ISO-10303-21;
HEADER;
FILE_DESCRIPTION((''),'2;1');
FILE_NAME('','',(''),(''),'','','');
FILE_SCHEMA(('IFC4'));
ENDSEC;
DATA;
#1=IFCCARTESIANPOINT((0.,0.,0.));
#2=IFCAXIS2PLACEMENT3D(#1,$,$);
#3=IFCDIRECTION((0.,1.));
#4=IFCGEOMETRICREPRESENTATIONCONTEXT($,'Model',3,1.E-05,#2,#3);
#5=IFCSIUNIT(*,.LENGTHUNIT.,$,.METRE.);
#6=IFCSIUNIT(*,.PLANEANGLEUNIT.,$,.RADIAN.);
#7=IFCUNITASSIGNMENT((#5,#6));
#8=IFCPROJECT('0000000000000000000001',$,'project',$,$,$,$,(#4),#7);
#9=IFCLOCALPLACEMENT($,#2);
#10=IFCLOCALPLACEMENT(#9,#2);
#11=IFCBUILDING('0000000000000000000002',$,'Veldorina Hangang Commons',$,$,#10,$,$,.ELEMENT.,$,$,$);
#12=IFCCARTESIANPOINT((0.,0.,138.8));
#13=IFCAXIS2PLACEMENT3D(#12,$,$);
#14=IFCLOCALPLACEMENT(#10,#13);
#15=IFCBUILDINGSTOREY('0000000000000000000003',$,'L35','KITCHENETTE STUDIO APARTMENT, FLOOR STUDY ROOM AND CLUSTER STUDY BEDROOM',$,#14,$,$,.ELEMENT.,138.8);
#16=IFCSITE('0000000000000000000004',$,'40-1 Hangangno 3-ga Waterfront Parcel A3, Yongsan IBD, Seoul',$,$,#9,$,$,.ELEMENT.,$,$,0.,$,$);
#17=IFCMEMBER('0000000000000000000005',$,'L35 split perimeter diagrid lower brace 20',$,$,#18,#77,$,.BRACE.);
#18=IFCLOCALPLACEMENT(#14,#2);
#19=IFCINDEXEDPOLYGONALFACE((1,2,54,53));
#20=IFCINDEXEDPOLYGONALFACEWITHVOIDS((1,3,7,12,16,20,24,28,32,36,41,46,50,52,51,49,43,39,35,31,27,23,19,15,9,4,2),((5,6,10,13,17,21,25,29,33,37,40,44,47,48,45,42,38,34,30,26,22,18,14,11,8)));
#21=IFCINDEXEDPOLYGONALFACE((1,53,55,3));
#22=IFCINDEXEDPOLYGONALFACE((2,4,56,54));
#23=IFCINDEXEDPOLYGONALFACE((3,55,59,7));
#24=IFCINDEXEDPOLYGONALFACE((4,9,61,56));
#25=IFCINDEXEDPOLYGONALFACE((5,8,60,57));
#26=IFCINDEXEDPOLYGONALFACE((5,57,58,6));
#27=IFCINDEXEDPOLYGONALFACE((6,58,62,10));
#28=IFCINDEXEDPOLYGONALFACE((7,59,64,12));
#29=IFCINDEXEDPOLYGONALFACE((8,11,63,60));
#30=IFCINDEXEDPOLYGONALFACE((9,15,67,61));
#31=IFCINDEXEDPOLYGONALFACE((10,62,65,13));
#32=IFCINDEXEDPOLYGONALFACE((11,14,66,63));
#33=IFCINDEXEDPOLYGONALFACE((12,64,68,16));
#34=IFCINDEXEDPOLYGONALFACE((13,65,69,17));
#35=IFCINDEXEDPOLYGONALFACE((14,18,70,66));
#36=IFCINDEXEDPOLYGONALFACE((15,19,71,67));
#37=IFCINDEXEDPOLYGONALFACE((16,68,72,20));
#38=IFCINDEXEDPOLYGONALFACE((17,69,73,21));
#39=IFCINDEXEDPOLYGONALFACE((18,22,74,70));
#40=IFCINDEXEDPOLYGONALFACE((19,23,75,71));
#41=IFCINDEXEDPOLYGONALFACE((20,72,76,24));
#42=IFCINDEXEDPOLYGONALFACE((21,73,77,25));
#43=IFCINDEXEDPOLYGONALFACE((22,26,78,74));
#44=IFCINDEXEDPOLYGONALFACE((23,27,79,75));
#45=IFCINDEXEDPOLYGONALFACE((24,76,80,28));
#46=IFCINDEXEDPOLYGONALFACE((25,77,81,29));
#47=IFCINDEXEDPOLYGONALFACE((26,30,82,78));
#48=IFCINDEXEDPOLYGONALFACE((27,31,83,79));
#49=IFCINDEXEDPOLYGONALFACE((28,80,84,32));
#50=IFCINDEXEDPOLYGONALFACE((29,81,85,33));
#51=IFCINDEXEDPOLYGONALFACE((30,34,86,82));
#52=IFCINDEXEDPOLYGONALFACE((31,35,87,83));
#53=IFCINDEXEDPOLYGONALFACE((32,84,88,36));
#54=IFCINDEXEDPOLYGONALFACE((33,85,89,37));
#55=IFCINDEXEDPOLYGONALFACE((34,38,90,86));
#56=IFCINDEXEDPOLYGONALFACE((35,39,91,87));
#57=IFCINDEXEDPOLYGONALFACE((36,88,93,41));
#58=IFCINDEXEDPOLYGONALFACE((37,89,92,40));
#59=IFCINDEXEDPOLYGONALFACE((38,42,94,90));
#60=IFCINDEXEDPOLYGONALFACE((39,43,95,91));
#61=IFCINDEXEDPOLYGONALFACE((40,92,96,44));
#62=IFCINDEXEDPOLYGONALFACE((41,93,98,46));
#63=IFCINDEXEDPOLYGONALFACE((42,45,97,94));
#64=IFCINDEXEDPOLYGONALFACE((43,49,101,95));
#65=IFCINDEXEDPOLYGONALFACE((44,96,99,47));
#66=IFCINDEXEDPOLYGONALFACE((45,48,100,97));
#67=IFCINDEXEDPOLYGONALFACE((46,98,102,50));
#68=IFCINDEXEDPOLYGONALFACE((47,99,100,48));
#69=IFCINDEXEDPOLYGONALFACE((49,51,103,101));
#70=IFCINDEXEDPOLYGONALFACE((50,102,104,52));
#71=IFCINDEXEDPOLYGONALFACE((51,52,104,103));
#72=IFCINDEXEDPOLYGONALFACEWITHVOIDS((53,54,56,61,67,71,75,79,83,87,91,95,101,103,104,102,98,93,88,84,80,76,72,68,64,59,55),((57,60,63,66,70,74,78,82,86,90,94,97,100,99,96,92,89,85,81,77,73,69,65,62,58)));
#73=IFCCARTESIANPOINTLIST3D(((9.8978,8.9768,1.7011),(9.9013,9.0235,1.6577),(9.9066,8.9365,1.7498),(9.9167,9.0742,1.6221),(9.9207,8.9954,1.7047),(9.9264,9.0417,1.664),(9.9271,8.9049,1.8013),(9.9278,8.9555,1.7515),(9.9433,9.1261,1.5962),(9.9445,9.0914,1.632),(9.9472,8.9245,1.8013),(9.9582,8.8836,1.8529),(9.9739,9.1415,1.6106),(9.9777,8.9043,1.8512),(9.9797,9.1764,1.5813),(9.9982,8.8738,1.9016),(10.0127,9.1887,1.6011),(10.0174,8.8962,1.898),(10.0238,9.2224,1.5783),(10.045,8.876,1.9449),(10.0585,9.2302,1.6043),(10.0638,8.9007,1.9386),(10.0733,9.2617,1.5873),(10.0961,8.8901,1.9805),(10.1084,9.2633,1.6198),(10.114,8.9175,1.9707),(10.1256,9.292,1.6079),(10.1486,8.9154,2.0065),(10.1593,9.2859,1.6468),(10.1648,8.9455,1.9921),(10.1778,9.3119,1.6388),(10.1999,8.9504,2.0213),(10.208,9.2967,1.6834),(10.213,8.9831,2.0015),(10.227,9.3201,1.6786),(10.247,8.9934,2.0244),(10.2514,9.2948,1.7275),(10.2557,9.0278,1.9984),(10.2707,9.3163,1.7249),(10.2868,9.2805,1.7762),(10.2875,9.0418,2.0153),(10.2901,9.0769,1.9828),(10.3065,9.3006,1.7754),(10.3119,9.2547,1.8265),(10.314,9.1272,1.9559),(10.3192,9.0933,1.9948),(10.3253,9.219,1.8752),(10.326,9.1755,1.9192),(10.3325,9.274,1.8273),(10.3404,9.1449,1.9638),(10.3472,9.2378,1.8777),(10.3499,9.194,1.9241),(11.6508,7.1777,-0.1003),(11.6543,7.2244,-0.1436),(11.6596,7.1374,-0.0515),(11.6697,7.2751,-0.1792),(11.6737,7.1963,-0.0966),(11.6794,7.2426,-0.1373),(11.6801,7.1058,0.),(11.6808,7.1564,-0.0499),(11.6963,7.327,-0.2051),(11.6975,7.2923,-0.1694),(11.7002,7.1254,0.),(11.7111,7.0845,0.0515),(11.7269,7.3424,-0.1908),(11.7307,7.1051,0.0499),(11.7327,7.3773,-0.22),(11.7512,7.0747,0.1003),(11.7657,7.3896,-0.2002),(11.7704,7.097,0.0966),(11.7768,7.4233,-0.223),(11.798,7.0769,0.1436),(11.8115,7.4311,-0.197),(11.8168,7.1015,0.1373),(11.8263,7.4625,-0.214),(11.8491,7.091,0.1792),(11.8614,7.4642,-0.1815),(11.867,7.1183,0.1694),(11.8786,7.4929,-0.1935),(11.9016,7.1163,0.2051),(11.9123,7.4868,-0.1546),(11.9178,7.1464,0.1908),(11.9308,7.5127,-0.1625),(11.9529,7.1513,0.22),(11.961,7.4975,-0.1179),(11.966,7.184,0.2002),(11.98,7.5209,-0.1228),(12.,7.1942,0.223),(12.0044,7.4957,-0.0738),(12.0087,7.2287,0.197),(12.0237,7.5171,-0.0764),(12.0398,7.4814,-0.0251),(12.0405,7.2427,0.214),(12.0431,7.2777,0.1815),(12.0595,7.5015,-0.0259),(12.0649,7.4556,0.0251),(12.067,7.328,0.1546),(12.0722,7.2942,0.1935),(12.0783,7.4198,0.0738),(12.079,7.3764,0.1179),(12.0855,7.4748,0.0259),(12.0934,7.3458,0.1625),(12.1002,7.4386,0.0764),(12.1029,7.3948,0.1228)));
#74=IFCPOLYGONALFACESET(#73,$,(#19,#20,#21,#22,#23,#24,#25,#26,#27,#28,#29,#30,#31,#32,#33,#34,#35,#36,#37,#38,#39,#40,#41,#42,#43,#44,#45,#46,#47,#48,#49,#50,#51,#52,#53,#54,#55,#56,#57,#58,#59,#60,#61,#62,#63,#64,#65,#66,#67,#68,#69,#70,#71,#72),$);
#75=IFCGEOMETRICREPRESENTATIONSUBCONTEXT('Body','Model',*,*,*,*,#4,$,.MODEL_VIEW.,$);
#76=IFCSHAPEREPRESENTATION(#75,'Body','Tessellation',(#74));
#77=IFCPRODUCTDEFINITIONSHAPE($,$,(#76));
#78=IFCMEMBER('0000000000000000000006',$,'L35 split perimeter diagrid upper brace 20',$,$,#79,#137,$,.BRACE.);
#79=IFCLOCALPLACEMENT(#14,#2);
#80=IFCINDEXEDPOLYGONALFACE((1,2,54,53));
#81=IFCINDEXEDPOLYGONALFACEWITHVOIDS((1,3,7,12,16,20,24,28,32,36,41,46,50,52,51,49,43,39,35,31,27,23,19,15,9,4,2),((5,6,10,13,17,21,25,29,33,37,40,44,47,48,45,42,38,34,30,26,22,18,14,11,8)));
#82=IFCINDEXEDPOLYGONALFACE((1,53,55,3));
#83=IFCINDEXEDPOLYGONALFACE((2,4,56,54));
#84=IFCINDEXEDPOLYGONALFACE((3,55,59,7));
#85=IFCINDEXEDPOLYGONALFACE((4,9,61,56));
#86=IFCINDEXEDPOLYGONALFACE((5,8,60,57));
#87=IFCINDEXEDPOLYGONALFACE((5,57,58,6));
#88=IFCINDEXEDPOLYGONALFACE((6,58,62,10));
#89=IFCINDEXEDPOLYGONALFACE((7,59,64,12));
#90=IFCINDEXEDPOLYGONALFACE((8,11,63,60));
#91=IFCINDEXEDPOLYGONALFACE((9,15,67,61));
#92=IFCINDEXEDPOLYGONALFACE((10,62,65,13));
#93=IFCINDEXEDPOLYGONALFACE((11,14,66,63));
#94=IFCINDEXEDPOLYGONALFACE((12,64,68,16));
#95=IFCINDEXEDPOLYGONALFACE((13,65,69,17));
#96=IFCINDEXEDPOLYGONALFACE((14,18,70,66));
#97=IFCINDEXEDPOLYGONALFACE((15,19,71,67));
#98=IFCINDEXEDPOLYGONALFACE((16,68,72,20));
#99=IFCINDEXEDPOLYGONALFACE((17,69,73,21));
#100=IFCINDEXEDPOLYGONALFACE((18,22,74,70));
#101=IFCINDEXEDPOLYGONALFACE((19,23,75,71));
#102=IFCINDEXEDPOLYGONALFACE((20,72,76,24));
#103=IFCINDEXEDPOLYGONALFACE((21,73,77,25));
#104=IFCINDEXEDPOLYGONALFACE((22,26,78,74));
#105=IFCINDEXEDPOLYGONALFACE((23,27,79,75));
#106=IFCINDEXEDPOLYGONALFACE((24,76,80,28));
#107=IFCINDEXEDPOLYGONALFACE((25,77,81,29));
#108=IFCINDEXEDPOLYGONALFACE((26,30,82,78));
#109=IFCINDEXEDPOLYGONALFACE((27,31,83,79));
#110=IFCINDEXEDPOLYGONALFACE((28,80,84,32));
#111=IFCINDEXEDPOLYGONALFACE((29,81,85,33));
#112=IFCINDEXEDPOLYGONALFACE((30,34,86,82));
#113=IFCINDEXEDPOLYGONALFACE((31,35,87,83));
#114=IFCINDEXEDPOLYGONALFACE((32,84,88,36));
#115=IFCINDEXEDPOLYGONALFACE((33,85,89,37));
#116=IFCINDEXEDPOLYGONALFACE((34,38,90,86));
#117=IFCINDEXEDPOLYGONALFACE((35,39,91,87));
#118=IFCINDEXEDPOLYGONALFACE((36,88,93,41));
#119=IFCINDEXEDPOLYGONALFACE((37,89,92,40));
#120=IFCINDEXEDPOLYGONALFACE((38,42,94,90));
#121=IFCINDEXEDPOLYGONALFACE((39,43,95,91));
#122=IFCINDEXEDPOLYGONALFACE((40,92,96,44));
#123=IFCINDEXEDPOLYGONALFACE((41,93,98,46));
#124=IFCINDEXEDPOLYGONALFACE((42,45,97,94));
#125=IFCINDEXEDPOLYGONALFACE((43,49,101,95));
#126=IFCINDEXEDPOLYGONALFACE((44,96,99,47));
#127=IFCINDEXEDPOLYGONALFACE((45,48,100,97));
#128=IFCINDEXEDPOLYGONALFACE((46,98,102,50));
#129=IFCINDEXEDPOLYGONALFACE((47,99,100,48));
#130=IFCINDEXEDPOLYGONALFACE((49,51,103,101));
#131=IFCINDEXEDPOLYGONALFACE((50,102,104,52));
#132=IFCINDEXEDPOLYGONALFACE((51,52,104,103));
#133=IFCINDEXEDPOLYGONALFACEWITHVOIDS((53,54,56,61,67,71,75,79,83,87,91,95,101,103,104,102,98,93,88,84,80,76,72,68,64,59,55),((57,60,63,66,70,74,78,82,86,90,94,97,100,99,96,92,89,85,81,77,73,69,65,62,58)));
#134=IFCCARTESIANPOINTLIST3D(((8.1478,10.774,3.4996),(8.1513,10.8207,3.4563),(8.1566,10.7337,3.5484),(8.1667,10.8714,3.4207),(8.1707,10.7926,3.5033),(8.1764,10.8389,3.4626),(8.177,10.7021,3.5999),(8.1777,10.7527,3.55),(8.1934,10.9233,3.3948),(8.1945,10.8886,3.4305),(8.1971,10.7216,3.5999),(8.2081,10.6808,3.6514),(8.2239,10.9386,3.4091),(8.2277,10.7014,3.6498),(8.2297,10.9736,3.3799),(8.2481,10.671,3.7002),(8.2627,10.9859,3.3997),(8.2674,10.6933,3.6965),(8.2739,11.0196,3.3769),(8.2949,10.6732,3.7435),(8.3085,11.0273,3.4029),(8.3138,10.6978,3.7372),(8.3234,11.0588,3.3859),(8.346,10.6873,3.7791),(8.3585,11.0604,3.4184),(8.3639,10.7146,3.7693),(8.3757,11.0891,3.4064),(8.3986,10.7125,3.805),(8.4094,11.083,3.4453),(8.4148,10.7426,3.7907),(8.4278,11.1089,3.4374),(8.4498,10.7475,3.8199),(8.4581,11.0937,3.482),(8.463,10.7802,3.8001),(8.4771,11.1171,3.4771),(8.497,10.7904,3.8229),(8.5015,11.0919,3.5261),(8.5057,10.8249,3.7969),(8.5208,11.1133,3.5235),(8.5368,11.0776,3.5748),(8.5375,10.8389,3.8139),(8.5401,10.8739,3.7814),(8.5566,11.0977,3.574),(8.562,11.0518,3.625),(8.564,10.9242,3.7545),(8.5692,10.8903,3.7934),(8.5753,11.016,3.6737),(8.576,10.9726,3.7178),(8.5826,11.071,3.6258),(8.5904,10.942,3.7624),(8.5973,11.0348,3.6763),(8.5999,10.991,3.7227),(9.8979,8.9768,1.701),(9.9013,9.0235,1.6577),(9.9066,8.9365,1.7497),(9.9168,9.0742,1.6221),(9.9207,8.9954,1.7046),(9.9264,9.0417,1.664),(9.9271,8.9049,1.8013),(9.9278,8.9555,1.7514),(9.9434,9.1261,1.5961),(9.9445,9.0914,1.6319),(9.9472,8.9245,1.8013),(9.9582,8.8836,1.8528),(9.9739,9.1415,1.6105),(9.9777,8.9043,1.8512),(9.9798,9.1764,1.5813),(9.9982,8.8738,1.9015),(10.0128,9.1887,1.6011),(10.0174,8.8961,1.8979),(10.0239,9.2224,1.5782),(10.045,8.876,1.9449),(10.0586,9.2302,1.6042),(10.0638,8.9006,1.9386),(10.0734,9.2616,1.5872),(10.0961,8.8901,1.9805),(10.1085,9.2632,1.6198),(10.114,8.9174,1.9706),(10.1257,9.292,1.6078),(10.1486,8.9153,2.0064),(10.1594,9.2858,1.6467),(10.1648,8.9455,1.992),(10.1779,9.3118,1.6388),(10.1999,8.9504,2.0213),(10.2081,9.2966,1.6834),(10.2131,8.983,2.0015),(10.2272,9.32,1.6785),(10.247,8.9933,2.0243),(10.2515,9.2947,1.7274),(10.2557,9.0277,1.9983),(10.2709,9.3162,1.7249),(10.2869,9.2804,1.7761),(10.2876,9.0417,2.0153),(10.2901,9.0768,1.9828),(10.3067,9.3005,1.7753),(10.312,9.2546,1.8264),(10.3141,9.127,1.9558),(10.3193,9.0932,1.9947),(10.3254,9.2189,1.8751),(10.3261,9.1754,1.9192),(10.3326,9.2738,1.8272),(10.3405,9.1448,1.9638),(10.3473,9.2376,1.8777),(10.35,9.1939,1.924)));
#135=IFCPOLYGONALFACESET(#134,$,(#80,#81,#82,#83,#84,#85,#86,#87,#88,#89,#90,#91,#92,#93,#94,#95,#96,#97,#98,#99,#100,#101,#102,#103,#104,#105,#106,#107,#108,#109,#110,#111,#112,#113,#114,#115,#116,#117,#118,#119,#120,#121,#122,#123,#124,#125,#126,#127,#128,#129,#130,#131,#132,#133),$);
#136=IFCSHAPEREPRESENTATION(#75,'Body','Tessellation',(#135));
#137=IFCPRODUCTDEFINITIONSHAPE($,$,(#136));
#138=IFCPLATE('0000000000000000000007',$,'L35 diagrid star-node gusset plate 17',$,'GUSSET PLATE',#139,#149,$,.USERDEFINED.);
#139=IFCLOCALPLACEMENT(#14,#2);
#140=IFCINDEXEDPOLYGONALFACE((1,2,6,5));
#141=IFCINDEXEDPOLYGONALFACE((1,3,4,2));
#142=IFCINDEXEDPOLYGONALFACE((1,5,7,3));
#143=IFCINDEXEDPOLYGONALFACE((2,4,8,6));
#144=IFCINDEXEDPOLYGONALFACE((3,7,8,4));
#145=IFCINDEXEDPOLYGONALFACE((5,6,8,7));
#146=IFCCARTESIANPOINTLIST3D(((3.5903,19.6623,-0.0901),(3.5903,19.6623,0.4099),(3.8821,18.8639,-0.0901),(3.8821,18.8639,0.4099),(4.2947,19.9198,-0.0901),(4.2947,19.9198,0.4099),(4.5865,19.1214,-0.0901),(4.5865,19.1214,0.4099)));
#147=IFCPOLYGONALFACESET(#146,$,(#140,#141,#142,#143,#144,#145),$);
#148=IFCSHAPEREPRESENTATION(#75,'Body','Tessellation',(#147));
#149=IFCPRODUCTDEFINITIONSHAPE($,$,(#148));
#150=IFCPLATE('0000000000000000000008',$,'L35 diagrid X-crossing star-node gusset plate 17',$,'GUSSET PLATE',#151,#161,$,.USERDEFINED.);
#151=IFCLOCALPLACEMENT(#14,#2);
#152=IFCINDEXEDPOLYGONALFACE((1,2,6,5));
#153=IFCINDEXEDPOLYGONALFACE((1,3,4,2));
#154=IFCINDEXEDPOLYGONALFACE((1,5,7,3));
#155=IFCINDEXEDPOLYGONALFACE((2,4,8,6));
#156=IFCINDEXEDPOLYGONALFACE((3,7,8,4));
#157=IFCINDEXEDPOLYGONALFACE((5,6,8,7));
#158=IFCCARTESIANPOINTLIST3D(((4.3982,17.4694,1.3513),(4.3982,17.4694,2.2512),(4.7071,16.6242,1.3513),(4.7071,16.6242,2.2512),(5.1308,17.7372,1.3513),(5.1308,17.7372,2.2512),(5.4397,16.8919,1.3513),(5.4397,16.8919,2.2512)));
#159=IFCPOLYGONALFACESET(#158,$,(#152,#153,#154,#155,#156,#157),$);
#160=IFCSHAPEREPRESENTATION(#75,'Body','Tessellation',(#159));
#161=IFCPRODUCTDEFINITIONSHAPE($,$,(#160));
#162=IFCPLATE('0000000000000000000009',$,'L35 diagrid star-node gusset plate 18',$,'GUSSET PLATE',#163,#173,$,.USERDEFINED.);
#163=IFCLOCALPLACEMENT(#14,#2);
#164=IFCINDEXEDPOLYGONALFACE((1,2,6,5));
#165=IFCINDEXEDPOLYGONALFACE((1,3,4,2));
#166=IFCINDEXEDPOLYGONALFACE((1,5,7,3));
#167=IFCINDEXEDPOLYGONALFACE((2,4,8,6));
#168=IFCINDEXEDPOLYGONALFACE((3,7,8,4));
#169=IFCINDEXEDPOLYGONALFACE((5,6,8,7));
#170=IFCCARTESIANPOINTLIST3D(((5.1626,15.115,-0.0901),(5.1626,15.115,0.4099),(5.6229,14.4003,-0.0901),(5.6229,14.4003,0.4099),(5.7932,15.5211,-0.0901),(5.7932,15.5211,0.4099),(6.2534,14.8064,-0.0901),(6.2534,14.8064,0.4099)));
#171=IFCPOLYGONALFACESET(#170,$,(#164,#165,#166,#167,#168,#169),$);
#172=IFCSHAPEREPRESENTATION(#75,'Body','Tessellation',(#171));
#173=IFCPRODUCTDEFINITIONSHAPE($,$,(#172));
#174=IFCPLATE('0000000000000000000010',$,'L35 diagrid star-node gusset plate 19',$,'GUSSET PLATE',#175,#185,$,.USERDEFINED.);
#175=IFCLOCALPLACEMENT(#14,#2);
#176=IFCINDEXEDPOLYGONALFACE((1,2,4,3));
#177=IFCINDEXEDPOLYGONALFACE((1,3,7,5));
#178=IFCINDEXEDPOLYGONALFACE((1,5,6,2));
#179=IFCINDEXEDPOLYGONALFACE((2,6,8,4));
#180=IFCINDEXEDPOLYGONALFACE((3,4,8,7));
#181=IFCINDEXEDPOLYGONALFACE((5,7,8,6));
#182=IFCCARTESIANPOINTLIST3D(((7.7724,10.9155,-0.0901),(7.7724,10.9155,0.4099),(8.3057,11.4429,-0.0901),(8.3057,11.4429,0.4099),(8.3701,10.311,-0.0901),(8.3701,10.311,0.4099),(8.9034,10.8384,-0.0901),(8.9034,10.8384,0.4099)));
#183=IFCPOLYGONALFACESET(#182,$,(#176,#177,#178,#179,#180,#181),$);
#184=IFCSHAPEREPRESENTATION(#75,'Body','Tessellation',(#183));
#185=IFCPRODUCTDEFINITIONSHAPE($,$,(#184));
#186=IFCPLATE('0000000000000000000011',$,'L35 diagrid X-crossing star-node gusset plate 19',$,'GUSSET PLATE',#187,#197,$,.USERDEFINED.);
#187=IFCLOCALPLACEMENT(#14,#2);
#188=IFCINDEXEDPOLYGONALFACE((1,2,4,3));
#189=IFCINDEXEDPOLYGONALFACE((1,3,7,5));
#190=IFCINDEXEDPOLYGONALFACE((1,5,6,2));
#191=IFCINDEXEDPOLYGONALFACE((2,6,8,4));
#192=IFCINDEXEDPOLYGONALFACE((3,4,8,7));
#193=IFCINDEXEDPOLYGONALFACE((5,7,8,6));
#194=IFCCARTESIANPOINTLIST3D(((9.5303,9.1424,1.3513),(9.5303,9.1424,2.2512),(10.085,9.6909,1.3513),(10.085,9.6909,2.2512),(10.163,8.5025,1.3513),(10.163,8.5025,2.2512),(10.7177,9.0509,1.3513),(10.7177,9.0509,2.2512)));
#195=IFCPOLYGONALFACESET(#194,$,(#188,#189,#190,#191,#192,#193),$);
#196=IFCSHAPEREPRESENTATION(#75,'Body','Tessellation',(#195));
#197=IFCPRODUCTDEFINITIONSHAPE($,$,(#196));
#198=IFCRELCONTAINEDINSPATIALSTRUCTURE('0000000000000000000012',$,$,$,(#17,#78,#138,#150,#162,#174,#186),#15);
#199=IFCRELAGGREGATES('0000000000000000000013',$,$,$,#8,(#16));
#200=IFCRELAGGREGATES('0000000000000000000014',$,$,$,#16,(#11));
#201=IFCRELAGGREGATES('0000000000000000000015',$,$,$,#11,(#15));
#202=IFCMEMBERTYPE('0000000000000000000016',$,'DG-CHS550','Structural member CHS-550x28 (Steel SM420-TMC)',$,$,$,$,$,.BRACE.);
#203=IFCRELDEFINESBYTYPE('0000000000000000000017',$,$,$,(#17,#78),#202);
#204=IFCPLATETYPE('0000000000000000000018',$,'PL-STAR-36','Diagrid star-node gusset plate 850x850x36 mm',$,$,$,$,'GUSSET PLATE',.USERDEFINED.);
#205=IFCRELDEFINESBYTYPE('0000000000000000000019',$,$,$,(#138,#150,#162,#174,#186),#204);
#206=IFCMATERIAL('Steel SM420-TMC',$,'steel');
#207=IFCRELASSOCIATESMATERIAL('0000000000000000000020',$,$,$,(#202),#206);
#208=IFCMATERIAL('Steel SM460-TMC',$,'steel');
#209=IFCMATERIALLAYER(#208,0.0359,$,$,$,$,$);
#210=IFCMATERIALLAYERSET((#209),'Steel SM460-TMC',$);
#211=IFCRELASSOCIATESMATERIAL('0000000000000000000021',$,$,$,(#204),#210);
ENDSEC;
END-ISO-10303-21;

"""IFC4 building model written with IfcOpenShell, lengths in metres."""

from ifc_helpers import new_model, si_unit, direction, frame, origin, origin_2d, place, context, subcontext, project, spatial, rectangle, hollow_circle, extrude, material, layer, layer_set, material_profile, profile_set, type_object, element, save


model = new_model("IFC4")

# Units and contexts
model_context = context("Model", 3, precision=1e-05, world=origin(), true_north=direction((0.0, 1.0)))
body_context = subcontext(model_context, "Body", "Model", "MODEL_VIEW")
ifc_project = project(units=[si_unit("LENGTHUNIT", "METRE"), si_unit("PLANEANGLEUNIT", "RADIAN")], contexts=[model_context])

# Site, building, storey
site_placement = place(None, origin())
site = spatial("IfcSite", under=ifc_project, at=site_placement, Name="40-1 Hangangno 3-ga Waterfront Parcel A3, Yongsan IBD, Seoul", CompositionType="ELEMENT", RefElevation=0.0)
building_placement = place(site_placement, origin())
building = spatial("IfcBuilding", under=site, at=building_placement, Name="Veldorina Hangang Commons", CompositionType="ELEMENT")
storey_placement = place(building_placement, frame((0.0, 0.0, 138.8)))
storey = spatial("IfcBuildingStorey", under=building, at=storey_placement, Name="L35", Description="KITCHENETTE STUDIO APARTMENT, FLOOR STUDY ROOM AND CLUSTER STUDY BEDROOM", CompositionType="ELEMENT", Elevation=138.8)

# Shared definitions
ifc_material_1 = material(Name="Steel SM420-TMC", Category="steel")

# Members
ifc_material_profile_1 = material_profile(ifc_material_1, hollow_circle(Radius=0.2749, WallThickness=0.0281, at=origin_2d()), Name="CHS-550x28")
ifc_profile_set_1 = profile_set([ifc_material_profile_1], Name="Steel SM420-TMC")
member_type = type_object("IfcMemberType", Name="DG-CHS550", Description="Structural member CHS-550x28 (Steel SM420-TMC)", PredefinedType="BRACE", material=ifc_profile_set_1)
member_1_placement = place(storey_placement, frame((11.877, 7.2976, 0.0), z_axis=(-0.567116, 0.582044, 0.582755), x_axis=(-0.716232, -0.697862, 0.0)))
element("IfcMember", 1, at=member_1_placement, inside=storey, type_object=member_type, Name="L35 split perimeter diagrid lower brace 20", PredefinedType="BRACE", context=body_context, shape_type="SweptSolid", body=[
    extrude(hollow_circle(Radius=0.2749, WallThickness=0.0281, at=origin_2d()), origin(), (0.0, 0.0, 1.0), 3.0911),
])
member_2_placement = place(storey_placement, frame((10.124, 9.0967, 1.8013), z_axis=(-0.566969, 0.582234, 0.582709), x_axis=(-0.716437, -0.697652, 0.0)))
element("IfcMember", 2, at=member_2_placement, inside=storey, type_object=member_type, Name="L35 split perimeter diagrid upper brace 20", PredefinedType="BRACE", context=body_context, shape_type="SweptSolid", body=[
    extrude(hollow_circle(Radius=0.2749, WallThickness=0.0281, at=origin_2d()), origin(), (0.0, 0.0, 1.0), 3.0867),
])

# Plates
ifc_material_2 = material(Name="Steel SM460-TMC", Category="steel")
ifc_layer_1 = layer(ifc_material_2, 0.0359)
ifc_layer_set_1 = layer_set([ifc_layer_1], Name="Steel SM460-TMC")
plate_type = type_object("IfcPlateType", Name="PL-STAR-36", Description="Diagrid star-node gusset plate 850x850x36 mm", ElementType="GUSSET PLATE", PredefinedType="USERDEFINED", material=ifc_layer_set_1)
plate_1_placement = place(storey_placement, frame((4.0884, 19.3918, -0.0901), z_axis=(0.0, 0.0, 1.0), x_axis=(0.343283, -0.939232, 0.0)))
element("IfcPlate", 3, at=plate_1_placement, inside=storey, type_object=plate_type, Name="L35 diagrid star-node gusset plate 17", ObjectType="GUSSET PLATE", PredefinedType="USERDEFINED", context=body_context, shape_type="SweptSolid", body=[
    extrude(rectangle(XDim=0.8501, YDim=0.75, at=origin_2d()), origin(), (0.0, 0.0, 1.0), 0.5),
])
plate_2_placement = place(storey_placement, frame((4.9189, 17.1807, 1.3513), z_axis=(0.0, 0.0, 1.0), x_axis=(0.343283, -0.939232, 0.0)))
element("IfcPlate", 4, at=plate_2_placement, inside=storey, type_object=plate_type, Name="L35 diagrid X-crossing star-node gusset plate 17", ObjectType="GUSSET PLATE", PredefinedType="USERDEFINED", context=body_context, shape_type="SweptSolid", body=[
    extrude(rectangle(XDim=0.8999, YDim=0.78, at=origin_2d()), origin(), (0.0, 0.0, 1.0), 0.8999),
])
for number, where, z_axis, x_axis, name in (
    (5, (5.708, 14.9607, -0.0901), (0.0, 0.0, 1.0), (0.541429, -0.840746, 0.0), "L35 diagrid star-node gusset plate 18"),
    (6, (8.3379, 10.877, -0.0901), (0.0, 0.0, 1.0), (0.703097, -0.711094, 0.0), "L35 diagrid star-node gusset plate 19"),
):
    element("IfcPlate", number, at=place(storey_placement, frame(where, z_axis=z_axis, x_axis=x_axis)), inside=storey, type_object=plate_type, Name=name, ObjectType="GUSSET PLATE", PredefinedType="USERDEFINED", context=body_context, shape_type="SweptSolid", body=[
        extrude(rectangle(XDim=0.8501, YDim=0.75, at=origin_2d()), origin(), (0.0, 0.0, 1.0), 0.5),
    ])
plate_3_placement = place(storey_placement, frame((10.124, 9.0967, 1.3513), z_axis=(0.0, 0.0, 1.0), x_axis=(0.703097, -0.711094, 0.0)))
element("IfcPlate", 7, at=plate_3_placement, inside=storey, type_object=plate_type, Name="L35 diagrid X-crossing star-node gusset plate 19", ObjectType="GUSSET PLATE", PredefinedType="USERDEFINED", context=body_context, shape_type="SweptSolid", body=[
    extrude(rectangle(XDim=0.8999, YDim=0.78, at=origin_2d()), origin(), (0.0, 0.0, 1.0), 0.8999),
])

save(model, "model.ifc")
